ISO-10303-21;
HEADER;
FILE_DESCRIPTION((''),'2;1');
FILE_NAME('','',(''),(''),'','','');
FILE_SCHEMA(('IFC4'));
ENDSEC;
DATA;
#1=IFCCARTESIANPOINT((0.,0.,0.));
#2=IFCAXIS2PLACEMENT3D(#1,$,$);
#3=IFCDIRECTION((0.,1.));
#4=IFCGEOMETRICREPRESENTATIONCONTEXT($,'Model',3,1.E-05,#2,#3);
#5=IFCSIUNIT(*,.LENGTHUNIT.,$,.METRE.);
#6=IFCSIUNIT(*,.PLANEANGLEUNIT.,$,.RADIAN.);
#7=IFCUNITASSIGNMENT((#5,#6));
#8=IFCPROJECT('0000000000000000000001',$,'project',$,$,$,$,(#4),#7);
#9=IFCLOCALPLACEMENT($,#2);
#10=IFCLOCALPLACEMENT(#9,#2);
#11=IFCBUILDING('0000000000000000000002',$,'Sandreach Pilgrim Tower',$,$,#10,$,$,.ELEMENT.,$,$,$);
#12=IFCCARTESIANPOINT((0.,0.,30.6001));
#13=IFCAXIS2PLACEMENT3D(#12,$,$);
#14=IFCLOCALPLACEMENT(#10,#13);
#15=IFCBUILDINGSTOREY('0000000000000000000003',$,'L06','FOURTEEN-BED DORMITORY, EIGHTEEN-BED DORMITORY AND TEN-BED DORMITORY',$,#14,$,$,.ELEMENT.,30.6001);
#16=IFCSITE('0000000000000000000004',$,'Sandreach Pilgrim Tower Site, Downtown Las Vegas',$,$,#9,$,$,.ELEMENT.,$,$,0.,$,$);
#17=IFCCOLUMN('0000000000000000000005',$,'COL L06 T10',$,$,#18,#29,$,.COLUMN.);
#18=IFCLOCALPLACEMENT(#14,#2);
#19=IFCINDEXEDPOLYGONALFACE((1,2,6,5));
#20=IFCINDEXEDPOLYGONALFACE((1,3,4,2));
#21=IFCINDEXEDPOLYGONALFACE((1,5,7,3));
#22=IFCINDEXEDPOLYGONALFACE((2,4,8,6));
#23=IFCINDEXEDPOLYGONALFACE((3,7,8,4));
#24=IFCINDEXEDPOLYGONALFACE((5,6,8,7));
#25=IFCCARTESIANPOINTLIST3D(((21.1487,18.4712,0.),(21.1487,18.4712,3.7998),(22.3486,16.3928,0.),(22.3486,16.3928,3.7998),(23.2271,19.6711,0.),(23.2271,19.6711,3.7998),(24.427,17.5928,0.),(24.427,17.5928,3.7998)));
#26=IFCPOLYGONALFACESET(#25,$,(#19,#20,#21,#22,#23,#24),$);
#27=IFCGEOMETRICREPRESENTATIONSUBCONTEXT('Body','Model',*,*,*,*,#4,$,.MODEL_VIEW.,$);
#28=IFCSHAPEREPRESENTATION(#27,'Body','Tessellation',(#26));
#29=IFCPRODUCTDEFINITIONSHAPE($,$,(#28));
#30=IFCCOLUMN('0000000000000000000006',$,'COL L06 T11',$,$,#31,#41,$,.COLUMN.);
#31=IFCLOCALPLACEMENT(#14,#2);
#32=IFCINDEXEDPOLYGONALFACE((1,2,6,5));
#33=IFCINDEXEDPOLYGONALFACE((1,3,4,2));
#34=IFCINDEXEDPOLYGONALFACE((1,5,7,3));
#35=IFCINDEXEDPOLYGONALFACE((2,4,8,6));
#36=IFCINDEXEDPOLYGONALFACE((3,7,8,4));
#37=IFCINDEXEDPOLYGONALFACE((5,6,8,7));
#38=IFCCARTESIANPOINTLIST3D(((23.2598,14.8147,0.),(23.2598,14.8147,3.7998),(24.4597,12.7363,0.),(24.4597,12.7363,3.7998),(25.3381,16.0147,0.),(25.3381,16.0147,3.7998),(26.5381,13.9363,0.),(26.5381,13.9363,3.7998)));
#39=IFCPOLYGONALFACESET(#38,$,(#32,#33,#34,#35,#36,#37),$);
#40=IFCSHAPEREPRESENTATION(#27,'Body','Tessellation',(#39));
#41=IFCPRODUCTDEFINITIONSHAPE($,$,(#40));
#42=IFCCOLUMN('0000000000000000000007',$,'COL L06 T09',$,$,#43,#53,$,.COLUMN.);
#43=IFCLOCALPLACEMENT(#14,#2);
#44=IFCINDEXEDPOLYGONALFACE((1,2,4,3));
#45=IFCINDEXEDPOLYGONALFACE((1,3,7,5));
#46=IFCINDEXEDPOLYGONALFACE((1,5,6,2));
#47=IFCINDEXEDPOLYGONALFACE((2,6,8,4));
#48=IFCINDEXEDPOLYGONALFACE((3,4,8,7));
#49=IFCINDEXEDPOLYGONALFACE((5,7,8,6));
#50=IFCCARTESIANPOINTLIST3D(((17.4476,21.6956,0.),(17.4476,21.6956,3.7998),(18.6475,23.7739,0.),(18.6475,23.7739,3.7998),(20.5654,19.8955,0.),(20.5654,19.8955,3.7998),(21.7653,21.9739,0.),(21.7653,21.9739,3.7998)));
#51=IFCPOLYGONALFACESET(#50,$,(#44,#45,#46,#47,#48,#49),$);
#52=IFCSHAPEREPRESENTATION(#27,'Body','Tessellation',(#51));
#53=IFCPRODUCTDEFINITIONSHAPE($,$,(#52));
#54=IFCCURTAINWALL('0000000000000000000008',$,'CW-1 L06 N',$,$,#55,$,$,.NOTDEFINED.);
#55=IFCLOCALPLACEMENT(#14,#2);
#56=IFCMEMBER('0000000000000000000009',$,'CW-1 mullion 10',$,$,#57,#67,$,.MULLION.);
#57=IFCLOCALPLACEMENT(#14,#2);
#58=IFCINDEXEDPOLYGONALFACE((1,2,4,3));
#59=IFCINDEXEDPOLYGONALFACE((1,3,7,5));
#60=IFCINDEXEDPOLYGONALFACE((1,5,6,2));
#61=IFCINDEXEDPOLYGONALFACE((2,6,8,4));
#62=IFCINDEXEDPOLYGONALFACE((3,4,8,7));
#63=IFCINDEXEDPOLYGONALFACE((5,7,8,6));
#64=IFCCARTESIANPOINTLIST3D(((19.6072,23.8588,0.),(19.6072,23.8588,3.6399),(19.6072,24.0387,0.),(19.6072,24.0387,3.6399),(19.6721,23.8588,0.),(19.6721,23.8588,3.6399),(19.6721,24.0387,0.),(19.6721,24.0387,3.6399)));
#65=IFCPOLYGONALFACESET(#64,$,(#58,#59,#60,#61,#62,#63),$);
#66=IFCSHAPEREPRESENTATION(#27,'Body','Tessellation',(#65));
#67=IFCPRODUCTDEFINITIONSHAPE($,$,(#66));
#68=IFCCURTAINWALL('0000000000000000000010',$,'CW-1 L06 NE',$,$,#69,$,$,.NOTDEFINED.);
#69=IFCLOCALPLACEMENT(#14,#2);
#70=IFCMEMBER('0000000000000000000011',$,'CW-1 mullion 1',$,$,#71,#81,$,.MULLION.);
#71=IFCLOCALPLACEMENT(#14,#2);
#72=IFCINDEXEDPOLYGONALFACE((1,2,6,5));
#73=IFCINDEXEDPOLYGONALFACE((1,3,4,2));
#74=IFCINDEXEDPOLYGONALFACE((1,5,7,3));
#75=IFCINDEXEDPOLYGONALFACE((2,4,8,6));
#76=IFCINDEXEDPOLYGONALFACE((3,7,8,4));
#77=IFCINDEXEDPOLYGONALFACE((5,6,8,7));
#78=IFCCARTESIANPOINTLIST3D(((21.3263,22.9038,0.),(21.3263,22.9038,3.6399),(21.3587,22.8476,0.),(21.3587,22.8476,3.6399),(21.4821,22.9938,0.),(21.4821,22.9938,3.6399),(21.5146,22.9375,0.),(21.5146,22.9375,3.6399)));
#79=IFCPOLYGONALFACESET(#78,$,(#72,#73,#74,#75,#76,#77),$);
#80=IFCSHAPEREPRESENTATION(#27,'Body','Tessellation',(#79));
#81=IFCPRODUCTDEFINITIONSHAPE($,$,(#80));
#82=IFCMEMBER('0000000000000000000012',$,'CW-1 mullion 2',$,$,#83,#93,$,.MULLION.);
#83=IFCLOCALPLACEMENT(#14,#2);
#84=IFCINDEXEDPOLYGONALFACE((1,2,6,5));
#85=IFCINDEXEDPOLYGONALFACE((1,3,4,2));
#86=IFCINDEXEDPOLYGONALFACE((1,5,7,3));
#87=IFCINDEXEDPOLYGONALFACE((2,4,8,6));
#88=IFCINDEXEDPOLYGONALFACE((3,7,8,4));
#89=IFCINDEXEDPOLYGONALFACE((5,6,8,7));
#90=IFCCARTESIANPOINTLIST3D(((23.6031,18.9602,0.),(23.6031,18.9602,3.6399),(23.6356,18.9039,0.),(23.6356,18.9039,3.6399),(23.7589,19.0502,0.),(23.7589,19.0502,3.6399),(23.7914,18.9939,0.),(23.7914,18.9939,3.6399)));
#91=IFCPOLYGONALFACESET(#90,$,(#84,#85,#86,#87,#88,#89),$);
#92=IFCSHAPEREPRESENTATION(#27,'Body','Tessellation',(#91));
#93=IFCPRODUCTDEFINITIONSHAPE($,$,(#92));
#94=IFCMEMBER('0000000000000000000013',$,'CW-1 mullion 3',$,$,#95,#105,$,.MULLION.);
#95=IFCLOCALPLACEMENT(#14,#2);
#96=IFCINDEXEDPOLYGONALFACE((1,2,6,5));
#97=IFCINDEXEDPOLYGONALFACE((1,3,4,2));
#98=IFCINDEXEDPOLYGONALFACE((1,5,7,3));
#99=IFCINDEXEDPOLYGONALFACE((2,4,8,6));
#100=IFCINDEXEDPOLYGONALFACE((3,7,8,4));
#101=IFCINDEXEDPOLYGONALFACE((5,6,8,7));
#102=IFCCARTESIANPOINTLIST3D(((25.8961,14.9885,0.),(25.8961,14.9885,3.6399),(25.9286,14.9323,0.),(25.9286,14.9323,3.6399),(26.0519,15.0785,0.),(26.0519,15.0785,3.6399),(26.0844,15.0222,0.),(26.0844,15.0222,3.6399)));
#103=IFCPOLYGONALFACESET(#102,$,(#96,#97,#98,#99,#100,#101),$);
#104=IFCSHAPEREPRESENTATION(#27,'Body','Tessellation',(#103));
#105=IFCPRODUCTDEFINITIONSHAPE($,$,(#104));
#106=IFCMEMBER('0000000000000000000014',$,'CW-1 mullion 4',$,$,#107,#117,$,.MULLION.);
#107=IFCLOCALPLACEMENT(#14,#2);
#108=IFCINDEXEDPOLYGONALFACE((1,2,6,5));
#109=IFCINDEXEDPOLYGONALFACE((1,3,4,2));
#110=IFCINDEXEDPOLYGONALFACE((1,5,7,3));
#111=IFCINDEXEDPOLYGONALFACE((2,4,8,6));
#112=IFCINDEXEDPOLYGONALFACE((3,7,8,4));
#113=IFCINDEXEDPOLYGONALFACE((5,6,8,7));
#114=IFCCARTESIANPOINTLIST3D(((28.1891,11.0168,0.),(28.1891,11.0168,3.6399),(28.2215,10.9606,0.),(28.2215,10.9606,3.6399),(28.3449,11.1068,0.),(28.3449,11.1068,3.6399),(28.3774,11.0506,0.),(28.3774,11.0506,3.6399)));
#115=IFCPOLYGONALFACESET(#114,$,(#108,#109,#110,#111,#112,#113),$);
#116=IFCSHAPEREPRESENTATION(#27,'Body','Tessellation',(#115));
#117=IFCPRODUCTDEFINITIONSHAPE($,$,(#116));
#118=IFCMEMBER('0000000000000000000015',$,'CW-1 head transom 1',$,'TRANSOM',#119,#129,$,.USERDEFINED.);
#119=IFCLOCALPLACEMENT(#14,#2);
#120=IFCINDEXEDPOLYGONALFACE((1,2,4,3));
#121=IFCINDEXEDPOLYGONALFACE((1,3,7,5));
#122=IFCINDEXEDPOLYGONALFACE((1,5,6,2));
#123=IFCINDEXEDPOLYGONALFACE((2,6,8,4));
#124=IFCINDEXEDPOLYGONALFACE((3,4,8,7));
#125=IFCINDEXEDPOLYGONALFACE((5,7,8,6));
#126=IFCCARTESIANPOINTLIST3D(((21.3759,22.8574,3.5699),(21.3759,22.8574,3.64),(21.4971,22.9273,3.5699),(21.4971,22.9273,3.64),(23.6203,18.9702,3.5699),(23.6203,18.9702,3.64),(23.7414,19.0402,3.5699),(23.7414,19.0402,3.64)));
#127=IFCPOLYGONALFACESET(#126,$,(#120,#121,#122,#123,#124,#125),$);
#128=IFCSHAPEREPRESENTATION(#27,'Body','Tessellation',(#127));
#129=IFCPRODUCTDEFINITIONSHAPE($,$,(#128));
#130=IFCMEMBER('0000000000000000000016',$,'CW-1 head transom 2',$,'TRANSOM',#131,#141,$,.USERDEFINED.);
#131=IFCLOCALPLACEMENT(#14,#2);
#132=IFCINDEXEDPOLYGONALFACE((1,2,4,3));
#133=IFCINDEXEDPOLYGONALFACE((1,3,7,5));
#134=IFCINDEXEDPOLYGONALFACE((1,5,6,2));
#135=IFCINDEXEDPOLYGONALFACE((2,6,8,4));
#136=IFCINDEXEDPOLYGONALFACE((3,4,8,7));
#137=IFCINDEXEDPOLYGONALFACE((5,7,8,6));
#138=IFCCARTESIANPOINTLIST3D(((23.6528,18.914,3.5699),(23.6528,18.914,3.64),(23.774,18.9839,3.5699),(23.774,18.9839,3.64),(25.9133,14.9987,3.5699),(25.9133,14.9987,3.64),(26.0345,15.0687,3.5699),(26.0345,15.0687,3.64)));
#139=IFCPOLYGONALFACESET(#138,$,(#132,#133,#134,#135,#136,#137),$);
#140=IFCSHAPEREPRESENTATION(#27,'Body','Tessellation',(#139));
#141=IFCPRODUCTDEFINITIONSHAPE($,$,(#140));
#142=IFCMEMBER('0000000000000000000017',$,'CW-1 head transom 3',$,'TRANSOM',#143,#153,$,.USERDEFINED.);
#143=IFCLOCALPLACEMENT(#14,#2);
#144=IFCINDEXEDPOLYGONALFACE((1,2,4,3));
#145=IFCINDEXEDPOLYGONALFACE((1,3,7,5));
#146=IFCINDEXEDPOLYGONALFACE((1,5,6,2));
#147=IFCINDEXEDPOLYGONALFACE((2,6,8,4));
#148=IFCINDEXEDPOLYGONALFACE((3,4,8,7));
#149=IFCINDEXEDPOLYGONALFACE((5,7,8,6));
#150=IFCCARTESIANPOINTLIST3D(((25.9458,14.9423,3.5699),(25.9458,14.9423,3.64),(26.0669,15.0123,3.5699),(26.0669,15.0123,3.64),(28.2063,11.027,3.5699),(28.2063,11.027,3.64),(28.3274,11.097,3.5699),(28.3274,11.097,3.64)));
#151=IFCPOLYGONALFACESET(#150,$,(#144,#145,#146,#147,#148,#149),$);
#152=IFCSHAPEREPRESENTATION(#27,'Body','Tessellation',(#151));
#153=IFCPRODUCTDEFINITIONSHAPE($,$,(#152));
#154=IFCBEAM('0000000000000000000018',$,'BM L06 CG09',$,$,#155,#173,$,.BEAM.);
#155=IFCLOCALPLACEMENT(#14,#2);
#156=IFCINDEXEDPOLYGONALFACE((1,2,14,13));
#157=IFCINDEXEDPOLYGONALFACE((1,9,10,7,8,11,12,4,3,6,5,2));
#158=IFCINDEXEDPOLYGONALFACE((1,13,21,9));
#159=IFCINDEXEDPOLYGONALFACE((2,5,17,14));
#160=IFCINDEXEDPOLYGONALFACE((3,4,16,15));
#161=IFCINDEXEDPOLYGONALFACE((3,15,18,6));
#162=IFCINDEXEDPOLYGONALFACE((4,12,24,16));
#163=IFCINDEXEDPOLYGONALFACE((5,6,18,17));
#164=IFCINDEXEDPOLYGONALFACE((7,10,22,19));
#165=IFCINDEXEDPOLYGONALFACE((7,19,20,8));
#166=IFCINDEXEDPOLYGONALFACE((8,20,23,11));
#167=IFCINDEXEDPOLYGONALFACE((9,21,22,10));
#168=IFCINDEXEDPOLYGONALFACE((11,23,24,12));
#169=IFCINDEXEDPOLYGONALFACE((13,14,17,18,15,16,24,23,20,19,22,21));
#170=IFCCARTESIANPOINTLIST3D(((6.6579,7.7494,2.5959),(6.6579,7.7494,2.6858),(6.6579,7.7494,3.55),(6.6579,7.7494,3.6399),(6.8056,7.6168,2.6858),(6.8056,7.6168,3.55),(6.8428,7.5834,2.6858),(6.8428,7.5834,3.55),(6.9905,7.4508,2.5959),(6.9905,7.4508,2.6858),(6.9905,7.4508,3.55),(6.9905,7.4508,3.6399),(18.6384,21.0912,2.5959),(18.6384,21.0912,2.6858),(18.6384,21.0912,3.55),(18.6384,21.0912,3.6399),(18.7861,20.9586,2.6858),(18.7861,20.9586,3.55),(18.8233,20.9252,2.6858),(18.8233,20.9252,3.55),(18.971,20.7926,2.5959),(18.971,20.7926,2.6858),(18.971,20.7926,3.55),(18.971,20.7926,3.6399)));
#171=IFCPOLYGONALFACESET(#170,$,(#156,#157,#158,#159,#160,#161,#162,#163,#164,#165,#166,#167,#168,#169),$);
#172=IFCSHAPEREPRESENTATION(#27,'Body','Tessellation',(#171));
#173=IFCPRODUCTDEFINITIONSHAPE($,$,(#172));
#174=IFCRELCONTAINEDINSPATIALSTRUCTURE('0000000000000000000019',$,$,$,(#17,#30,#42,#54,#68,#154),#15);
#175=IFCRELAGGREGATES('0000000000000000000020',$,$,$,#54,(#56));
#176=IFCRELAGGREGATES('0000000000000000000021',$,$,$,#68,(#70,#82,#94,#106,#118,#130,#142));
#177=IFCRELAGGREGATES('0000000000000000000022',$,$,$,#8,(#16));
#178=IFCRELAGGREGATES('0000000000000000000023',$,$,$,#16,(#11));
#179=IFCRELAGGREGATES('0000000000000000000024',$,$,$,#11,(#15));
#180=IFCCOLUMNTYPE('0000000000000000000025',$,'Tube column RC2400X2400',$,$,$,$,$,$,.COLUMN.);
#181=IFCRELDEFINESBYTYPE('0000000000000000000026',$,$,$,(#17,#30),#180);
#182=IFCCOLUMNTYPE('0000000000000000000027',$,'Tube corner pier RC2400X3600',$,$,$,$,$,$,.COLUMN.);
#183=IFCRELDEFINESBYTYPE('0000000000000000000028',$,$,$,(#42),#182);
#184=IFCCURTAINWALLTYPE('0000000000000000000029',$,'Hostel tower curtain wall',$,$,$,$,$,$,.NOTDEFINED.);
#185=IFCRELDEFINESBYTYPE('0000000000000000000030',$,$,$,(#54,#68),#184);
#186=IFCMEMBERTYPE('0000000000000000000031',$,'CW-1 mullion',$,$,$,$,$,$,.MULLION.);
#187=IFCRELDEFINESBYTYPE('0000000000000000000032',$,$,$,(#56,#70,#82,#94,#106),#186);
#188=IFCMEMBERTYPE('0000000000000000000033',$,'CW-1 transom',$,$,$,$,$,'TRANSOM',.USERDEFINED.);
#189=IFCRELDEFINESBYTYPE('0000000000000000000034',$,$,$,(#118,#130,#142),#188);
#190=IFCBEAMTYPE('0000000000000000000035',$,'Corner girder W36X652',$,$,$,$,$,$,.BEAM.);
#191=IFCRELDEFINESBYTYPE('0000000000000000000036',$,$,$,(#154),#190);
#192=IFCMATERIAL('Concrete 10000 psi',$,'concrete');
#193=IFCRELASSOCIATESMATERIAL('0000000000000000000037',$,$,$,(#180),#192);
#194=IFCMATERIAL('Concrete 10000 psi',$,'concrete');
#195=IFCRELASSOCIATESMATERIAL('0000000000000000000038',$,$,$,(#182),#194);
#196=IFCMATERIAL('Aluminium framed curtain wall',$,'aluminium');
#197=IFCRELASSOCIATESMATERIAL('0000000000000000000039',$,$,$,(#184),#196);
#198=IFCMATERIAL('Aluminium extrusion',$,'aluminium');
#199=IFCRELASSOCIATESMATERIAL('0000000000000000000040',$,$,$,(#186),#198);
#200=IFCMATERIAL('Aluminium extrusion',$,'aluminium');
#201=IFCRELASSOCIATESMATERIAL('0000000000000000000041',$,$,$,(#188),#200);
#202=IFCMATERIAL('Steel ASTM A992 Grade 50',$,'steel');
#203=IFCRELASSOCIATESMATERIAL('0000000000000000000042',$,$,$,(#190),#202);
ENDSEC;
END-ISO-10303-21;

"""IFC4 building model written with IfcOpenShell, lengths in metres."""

from ifc_helpers import new_model, si_unit, direction, frame, origin, origin_2d, place, context, subcontext, project, spatial, rectangle, i_section, extrude, material, material_profile, profile_set, type_object, element, aggregate, save


model = new_model("IFC4")

# Units and contexts
model_context = context("Model", 3, precision=1e-05, world=origin(), true_north=direction((0.0, 1.0)))
body_context = subcontext(model_context, "Body", "Model", "MODEL_VIEW")
ifc_project = project(units=[si_unit("LENGTHUNIT", "METRE"), si_unit("PLANEANGLEUNIT", "RADIAN")], contexts=[model_context])

# Site, building, storey
site_placement = place(None, origin())
site = spatial("IfcSite", under=ifc_project, at=site_placement, Name="Sandreach Pilgrim Tower Site, Downtown Las Vegas", CompositionType="ELEMENT", RefElevation=0.0)
building_placement = place(site_placement, origin())
building = spatial("IfcBuilding", under=site, at=building_placement, Name="Sandreach Pilgrim Tower", CompositionType="ELEMENT")
storey_placement = place(building_placement, frame((0.0, 0.0, 30.6001)))
storey = spatial("IfcBuildingStorey", under=building, at=storey_placement, Name="L06", Description="FOURTEEN-BED DORMITORY, EIGHTEEN-BED DORMITORY AND TEN-BED DORMITORY", CompositionType="ELEMENT", Elevation=30.6001)

# Columns
ifc_material_1 = material(Name="Concrete 10000 psi", Category="concrete")
ifc_material_profile_1 = material_profile(ifc_material_1, rectangle(XDim=2.3999, YDim=2.3999, at=origin_2d()), Name="RC2400X2400")
ifc_profile_set_1 = profile_set([ifc_material_profile_1], Name="Concrete 10000 psi")
column_type_1 = type_object("IfcColumnType", Name="Tube column RC2400X2400", PredefinedType="COLUMN", material=ifc_profile_set_1)
for number, where, z_axis, x_axis, name in (
    (1, (22.7878, 18.032, 0.0), (0.0, 0.0, 1.0), (0.866025, 0.5, 0.0), "COL L06 T10"),
    (2, (24.8989, 14.3755, 0.0), (0.0, 0.0, 1.0), (0.866025, 0.5, 0.0), "COL L06 T11"),
):
    element("IfcColumn", number, at=place(storey_placement, frame(where, z_axis=z_axis, x_axis=x_axis)), inside=storey, type_object=column_type_1, Name=name, PredefinedType="COLUMN", context=body_context, shape_type="SweptSolid", body=[
        extrude(rectangle(XDim=2.3999, YDim=2.3999, at=origin_2d()), origin(), (0.0, 0.0, 1.0), 3.7998),
    ])
ifc_material_2 = material(Name="Concrete 10000 psi", Category="concrete")
ifc_material_profile_2 = material_profile(ifc_material_2, rectangle(XDim=2.3999, YDim=3.6001, at=origin_2d()), Name="RC2400X3600")
ifc_profile_set_2 = profile_set([ifc_material_profile_2], Name="Concrete 10000 psi")
column_type_2 = type_object("IfcColumnType", Name="Tube corner pier RC2400X3600", PredefinedType="COLUMN", material=ifc_profile_set_2)
column_placement = place(storey_placement, frame((19.6064, 21.8347, 0.0), z_axis=(0.0, 0.0, 1.0), x_axis=(0.5, 0.866025, 0.0)))
element("IfcColumn", 3, at=column_placement, inside=storey, type_object=column_type_2, Name="COL L06 T09", PredefinedType="COLUMN", context=body_context, shape_type="SweptSolid", body=[
    extrude(rectangle(XDim=2.3999, YDim=3.6001, at=origin_2d()), origin(), (0.0, 0.0, 1.0), 3.7998),
])

# Curtain wall, member
ifc_material_3 = material(Name="Aluminium framed curtain wall", Category="aluminium")
curtain_wall_type = type_object("IfcCurtainWallType", Name="Hostel tower curtain wall", PredefinedType="NOTDEFINED", material=ifc_material_3)
curtain_wall_1_placement = place(storey_placement, origin())
curtain_wall_1 = element("IfcCurtainWall", 4, at=curtain_wall_1_placement, inside=storey, type_object=curtain_wall_type, Name="CW-1 L06 N", PredefinedType="NOTDEFINED")
ifc_material_4 = material(Name="Aluminium extrusion", Category="aluminium")
ifc_material_profile_3 = material_profile(ifc_material_4, rectangle(XDim=0.0649, YDim=0.1799, at=origin_2d()), Name="CW-1M 65X180")
ifc_profile_set_3 = profile_set([ifc_material_profile_3], Name="Aluminium extrusion")
member_type_1 = type_object("IfcMemberType", Name="CW-1 mullion", PredefinedType="MULLION", material=ifc_profile_set_3)
member_1_placement = place(storey_placement, frame((19.6396, 23.9487, 0.0), z_axis=(0.0, 0.0, 1.0), x_axis=(1.0, 0.0, 0.0)))
member_1 = element("IfcMember", 5, at=member_1_placement, type_object=member_type_1, Name="CW-1 mullion 10", PredefinedType="MULLION", context=body_context, shape_type="SweptSolid", body=[
    extrude(rectangle(XDim=0.0649, YDim=0.1799, at=origin_2d()), origin(), (0.0, 0.0, 1.0), 3.6399),
])

# Curtain wall, members
curtain_wall_2_placement = place(storey_placement, origin())
curtain_wall_2 = element("IfcCurtainWall", 6, at=curtain_wall_2_placement, inside=storey, type_object=curtain_wall_type, Name="CW-1 L06 NE", PredefinedType="NOTDEFINED")
member_2_placement = place(storey_placement, frame((21.4204, 22.9207, 0.0), z_axis=(0.0, 0.0, 1.0), x_axis=(0.5, -0.866025, 0.0)))
member_2 = element("IfcMember", 7, at=member_2_placement, type_object=member_type_1, Name="CW-1 mullion 1", PredefinedType="MULLION", context=body_context, shape_type="SweptSolid", body=[
    extrude(rectangle(XDim=0.0649, YDim=0.1799, at=origin_2d()), origin(), (0.0, 0.0, 1.0), 3.6399),
])
member_3_placement = place(storey_placement, frame((23.6973, 18.9771, 0.0), z_axis=(0.0, 0.0, 1.0), x_axis=(0.5, -0.866025, 0.0)))
member_3 = element("IfcMember", 8, at=member_3_placement, type_object=member_type_1, Name="CW-1 mullion 2", PredefinedType="MULLION", context=body_context, shape_type="SweptSolid", body=[
    extrude(rectangle(XDim=0.0649, YDim=0.1799, at=origin_2d()), origin(), (0.0, 0.0, 1.0), 3.6399),
])
member_4_placement = place(storey_placement, frame((25.9902, 15.0054, 0.0), z_axis=(0.0, 0.0, 1.0), x_axis=(0.5, -0.866025, 0.0)))
member_4 = element("IfcMember", 9, at=member_4_placement, type_object=member_type_1, Name="CW-1 mullion 3", PredefinedType="MULLION", context=body_context, shape_type="SweptSolid", body=[
    extrude(rectangle(XDim=0.0649, YDim=0.1799, at=origin_2d()), origin(), (0.0, 0.0, 1.0), 3.6399),
])
member_5_placement = place(storey_placement, frame((28.2832, 11.0337, 0.0), z_axis=(0.0, 0.0, 1.0), x_axis=(0.5, -0.866025, 0.0)))
member_5 = element("IfcMember", 10, at=member_5_placement, type_object=member_type_1, Name="CW-1 mullion 4", PredefinedType="MULLION", context=body_context, shape_type="SweptSolid", body=[
    extrude(rectangle(XDim=0.0649, YDim=0.1799, at=origin_2d()), origin(), (0.0, 0.0, 1.0), 3.6399),
])
ifc_material_5 = material(Name="Aluminium extrusion", Category="aluminium")
ifc_material_profile_4 = material_profile(ifc_material_5, rectangle(XDim=0.1399, YDim=0.0701, at=origin_2d()), Name="CW-1T 140X70")
ifc_profile_set_4 = profile_set([ifc_material_profile_4], Name="Aluminium extrusion")
member_type_2 = type_object("IfcMemberType", Name="CW-1 transom", ElementType="TRANSOM", PredefinedType="USERDEFINED", material=ifc_profile_set_4)
member_6_placement = place(storey_placement, frame((21.4365, 22.8923, 3.605), z_axis=(0.500018, -0.866015, 0.0), x_axis=(0.866015, 0.500018, 0.0)))
member_6 = element("IfcMember", 11, at=member_6_placement, type_object=member_type_2, Name="CW-1 head transom 1", ObjectType="TRANSOM", PredefinedType="USERDEFINED", context=body_context, shape_type="SweptSolid", body=[
    extrude(rectangle(XDim=0.1399, YDim=0.0701, at=origin_2d()), origin(), (0.0, 0.0, 1.0), 4.4885),
])
member_7_placement = place(storey_placement, frame((23.7134, 18.949, 3.605), z_axis=(0.500001, -0.866025, 0.0), x_axis=(0.866025, 0.500001, 0.0)))
member_7 = element("IfcMember", 12, at=member_7_placement, type_object=member_type_2, Name="CW-1 head transom 2", ObjectType="TRANSOM", PredefinedType="USERDEFINED", context=body_context, shape_type="SweptSolid", body=[
    extrude(rectangle(XDim=0.1399, YDim=0.0701, at=origin_2d()), origin(), (0.0, 0.0, 1.0), 4.521),
])
member_8_placement = place(storey_placement, frame((26.0063, 14.9773, 3.605), z_axis=(0.500001, -0.866025, 0.0), x_axis=(0.866025, 0.500001, 0.0)))
member_8 = element("IfcMember", 13, at=member_8_placement, type_object=member_type_2, Name="CW-1 head transom 3", ObjectType="TRANSOM", PredefinedType="USERDEFINED", context=body_context, shape_type="SweptSolid", body=[
    extrude(rectangle(XDim=0.1399, YDim=0.0701, at=origin_2d()), origin(), (0.0, 0.0, 1.0), 4.521),
])

# Beam
ifc_material_6 = material(Name="Steel ASTM A992 Grade 50", Category="steel")
ifc_material_profile_5 = material_profile(ifc_material_6, i_section(OverallWidth=0.447, OverallDepth=1.0439, WebThickness=0.05, FlangeThickness=0.0898, at=origin_2d()), Name="W36X652")
ifc_profile_set_5 = profile_set([ifc_material_profile_5], Name="Steel ASTM A992 Grade 50")
beam_type_1 = type_object("IfcBeamType", Name="Corner girder W36X652", PredefinedType="BEAM", material=ifc_profile_set_5)
beam_1_placement = place(storey_placement, frame((18.8047, 20.9419, 3.1179), z_axis=(-0.668128, -0.744047, 0.0), x_axis=(0.744047, -0.668128, 0.0)))
element("IfcBeam", 14, at=beam_1_placement, inside=storey, type_object=beam_type_1, Name="BM L06 CG09", PredefinedType="BEAM", context=body_context, shape_type="SweptSolid", body=[
    extrude(i_section(OverallWidth=0.447, OverallDepth=1.0439, WebThickness=0.05, FlangeThickness=0.0898, at=origin_2d()), origin(), (0.0, 0.0, 1.0), 17.9314),
])

aggregate(curtain_wall_1, [member_1])
aggregate(curtain_wall_2, [member_2, member_3, member_4, member_5, member_6, member_7, member_8])

save(model, "model.ifc")
